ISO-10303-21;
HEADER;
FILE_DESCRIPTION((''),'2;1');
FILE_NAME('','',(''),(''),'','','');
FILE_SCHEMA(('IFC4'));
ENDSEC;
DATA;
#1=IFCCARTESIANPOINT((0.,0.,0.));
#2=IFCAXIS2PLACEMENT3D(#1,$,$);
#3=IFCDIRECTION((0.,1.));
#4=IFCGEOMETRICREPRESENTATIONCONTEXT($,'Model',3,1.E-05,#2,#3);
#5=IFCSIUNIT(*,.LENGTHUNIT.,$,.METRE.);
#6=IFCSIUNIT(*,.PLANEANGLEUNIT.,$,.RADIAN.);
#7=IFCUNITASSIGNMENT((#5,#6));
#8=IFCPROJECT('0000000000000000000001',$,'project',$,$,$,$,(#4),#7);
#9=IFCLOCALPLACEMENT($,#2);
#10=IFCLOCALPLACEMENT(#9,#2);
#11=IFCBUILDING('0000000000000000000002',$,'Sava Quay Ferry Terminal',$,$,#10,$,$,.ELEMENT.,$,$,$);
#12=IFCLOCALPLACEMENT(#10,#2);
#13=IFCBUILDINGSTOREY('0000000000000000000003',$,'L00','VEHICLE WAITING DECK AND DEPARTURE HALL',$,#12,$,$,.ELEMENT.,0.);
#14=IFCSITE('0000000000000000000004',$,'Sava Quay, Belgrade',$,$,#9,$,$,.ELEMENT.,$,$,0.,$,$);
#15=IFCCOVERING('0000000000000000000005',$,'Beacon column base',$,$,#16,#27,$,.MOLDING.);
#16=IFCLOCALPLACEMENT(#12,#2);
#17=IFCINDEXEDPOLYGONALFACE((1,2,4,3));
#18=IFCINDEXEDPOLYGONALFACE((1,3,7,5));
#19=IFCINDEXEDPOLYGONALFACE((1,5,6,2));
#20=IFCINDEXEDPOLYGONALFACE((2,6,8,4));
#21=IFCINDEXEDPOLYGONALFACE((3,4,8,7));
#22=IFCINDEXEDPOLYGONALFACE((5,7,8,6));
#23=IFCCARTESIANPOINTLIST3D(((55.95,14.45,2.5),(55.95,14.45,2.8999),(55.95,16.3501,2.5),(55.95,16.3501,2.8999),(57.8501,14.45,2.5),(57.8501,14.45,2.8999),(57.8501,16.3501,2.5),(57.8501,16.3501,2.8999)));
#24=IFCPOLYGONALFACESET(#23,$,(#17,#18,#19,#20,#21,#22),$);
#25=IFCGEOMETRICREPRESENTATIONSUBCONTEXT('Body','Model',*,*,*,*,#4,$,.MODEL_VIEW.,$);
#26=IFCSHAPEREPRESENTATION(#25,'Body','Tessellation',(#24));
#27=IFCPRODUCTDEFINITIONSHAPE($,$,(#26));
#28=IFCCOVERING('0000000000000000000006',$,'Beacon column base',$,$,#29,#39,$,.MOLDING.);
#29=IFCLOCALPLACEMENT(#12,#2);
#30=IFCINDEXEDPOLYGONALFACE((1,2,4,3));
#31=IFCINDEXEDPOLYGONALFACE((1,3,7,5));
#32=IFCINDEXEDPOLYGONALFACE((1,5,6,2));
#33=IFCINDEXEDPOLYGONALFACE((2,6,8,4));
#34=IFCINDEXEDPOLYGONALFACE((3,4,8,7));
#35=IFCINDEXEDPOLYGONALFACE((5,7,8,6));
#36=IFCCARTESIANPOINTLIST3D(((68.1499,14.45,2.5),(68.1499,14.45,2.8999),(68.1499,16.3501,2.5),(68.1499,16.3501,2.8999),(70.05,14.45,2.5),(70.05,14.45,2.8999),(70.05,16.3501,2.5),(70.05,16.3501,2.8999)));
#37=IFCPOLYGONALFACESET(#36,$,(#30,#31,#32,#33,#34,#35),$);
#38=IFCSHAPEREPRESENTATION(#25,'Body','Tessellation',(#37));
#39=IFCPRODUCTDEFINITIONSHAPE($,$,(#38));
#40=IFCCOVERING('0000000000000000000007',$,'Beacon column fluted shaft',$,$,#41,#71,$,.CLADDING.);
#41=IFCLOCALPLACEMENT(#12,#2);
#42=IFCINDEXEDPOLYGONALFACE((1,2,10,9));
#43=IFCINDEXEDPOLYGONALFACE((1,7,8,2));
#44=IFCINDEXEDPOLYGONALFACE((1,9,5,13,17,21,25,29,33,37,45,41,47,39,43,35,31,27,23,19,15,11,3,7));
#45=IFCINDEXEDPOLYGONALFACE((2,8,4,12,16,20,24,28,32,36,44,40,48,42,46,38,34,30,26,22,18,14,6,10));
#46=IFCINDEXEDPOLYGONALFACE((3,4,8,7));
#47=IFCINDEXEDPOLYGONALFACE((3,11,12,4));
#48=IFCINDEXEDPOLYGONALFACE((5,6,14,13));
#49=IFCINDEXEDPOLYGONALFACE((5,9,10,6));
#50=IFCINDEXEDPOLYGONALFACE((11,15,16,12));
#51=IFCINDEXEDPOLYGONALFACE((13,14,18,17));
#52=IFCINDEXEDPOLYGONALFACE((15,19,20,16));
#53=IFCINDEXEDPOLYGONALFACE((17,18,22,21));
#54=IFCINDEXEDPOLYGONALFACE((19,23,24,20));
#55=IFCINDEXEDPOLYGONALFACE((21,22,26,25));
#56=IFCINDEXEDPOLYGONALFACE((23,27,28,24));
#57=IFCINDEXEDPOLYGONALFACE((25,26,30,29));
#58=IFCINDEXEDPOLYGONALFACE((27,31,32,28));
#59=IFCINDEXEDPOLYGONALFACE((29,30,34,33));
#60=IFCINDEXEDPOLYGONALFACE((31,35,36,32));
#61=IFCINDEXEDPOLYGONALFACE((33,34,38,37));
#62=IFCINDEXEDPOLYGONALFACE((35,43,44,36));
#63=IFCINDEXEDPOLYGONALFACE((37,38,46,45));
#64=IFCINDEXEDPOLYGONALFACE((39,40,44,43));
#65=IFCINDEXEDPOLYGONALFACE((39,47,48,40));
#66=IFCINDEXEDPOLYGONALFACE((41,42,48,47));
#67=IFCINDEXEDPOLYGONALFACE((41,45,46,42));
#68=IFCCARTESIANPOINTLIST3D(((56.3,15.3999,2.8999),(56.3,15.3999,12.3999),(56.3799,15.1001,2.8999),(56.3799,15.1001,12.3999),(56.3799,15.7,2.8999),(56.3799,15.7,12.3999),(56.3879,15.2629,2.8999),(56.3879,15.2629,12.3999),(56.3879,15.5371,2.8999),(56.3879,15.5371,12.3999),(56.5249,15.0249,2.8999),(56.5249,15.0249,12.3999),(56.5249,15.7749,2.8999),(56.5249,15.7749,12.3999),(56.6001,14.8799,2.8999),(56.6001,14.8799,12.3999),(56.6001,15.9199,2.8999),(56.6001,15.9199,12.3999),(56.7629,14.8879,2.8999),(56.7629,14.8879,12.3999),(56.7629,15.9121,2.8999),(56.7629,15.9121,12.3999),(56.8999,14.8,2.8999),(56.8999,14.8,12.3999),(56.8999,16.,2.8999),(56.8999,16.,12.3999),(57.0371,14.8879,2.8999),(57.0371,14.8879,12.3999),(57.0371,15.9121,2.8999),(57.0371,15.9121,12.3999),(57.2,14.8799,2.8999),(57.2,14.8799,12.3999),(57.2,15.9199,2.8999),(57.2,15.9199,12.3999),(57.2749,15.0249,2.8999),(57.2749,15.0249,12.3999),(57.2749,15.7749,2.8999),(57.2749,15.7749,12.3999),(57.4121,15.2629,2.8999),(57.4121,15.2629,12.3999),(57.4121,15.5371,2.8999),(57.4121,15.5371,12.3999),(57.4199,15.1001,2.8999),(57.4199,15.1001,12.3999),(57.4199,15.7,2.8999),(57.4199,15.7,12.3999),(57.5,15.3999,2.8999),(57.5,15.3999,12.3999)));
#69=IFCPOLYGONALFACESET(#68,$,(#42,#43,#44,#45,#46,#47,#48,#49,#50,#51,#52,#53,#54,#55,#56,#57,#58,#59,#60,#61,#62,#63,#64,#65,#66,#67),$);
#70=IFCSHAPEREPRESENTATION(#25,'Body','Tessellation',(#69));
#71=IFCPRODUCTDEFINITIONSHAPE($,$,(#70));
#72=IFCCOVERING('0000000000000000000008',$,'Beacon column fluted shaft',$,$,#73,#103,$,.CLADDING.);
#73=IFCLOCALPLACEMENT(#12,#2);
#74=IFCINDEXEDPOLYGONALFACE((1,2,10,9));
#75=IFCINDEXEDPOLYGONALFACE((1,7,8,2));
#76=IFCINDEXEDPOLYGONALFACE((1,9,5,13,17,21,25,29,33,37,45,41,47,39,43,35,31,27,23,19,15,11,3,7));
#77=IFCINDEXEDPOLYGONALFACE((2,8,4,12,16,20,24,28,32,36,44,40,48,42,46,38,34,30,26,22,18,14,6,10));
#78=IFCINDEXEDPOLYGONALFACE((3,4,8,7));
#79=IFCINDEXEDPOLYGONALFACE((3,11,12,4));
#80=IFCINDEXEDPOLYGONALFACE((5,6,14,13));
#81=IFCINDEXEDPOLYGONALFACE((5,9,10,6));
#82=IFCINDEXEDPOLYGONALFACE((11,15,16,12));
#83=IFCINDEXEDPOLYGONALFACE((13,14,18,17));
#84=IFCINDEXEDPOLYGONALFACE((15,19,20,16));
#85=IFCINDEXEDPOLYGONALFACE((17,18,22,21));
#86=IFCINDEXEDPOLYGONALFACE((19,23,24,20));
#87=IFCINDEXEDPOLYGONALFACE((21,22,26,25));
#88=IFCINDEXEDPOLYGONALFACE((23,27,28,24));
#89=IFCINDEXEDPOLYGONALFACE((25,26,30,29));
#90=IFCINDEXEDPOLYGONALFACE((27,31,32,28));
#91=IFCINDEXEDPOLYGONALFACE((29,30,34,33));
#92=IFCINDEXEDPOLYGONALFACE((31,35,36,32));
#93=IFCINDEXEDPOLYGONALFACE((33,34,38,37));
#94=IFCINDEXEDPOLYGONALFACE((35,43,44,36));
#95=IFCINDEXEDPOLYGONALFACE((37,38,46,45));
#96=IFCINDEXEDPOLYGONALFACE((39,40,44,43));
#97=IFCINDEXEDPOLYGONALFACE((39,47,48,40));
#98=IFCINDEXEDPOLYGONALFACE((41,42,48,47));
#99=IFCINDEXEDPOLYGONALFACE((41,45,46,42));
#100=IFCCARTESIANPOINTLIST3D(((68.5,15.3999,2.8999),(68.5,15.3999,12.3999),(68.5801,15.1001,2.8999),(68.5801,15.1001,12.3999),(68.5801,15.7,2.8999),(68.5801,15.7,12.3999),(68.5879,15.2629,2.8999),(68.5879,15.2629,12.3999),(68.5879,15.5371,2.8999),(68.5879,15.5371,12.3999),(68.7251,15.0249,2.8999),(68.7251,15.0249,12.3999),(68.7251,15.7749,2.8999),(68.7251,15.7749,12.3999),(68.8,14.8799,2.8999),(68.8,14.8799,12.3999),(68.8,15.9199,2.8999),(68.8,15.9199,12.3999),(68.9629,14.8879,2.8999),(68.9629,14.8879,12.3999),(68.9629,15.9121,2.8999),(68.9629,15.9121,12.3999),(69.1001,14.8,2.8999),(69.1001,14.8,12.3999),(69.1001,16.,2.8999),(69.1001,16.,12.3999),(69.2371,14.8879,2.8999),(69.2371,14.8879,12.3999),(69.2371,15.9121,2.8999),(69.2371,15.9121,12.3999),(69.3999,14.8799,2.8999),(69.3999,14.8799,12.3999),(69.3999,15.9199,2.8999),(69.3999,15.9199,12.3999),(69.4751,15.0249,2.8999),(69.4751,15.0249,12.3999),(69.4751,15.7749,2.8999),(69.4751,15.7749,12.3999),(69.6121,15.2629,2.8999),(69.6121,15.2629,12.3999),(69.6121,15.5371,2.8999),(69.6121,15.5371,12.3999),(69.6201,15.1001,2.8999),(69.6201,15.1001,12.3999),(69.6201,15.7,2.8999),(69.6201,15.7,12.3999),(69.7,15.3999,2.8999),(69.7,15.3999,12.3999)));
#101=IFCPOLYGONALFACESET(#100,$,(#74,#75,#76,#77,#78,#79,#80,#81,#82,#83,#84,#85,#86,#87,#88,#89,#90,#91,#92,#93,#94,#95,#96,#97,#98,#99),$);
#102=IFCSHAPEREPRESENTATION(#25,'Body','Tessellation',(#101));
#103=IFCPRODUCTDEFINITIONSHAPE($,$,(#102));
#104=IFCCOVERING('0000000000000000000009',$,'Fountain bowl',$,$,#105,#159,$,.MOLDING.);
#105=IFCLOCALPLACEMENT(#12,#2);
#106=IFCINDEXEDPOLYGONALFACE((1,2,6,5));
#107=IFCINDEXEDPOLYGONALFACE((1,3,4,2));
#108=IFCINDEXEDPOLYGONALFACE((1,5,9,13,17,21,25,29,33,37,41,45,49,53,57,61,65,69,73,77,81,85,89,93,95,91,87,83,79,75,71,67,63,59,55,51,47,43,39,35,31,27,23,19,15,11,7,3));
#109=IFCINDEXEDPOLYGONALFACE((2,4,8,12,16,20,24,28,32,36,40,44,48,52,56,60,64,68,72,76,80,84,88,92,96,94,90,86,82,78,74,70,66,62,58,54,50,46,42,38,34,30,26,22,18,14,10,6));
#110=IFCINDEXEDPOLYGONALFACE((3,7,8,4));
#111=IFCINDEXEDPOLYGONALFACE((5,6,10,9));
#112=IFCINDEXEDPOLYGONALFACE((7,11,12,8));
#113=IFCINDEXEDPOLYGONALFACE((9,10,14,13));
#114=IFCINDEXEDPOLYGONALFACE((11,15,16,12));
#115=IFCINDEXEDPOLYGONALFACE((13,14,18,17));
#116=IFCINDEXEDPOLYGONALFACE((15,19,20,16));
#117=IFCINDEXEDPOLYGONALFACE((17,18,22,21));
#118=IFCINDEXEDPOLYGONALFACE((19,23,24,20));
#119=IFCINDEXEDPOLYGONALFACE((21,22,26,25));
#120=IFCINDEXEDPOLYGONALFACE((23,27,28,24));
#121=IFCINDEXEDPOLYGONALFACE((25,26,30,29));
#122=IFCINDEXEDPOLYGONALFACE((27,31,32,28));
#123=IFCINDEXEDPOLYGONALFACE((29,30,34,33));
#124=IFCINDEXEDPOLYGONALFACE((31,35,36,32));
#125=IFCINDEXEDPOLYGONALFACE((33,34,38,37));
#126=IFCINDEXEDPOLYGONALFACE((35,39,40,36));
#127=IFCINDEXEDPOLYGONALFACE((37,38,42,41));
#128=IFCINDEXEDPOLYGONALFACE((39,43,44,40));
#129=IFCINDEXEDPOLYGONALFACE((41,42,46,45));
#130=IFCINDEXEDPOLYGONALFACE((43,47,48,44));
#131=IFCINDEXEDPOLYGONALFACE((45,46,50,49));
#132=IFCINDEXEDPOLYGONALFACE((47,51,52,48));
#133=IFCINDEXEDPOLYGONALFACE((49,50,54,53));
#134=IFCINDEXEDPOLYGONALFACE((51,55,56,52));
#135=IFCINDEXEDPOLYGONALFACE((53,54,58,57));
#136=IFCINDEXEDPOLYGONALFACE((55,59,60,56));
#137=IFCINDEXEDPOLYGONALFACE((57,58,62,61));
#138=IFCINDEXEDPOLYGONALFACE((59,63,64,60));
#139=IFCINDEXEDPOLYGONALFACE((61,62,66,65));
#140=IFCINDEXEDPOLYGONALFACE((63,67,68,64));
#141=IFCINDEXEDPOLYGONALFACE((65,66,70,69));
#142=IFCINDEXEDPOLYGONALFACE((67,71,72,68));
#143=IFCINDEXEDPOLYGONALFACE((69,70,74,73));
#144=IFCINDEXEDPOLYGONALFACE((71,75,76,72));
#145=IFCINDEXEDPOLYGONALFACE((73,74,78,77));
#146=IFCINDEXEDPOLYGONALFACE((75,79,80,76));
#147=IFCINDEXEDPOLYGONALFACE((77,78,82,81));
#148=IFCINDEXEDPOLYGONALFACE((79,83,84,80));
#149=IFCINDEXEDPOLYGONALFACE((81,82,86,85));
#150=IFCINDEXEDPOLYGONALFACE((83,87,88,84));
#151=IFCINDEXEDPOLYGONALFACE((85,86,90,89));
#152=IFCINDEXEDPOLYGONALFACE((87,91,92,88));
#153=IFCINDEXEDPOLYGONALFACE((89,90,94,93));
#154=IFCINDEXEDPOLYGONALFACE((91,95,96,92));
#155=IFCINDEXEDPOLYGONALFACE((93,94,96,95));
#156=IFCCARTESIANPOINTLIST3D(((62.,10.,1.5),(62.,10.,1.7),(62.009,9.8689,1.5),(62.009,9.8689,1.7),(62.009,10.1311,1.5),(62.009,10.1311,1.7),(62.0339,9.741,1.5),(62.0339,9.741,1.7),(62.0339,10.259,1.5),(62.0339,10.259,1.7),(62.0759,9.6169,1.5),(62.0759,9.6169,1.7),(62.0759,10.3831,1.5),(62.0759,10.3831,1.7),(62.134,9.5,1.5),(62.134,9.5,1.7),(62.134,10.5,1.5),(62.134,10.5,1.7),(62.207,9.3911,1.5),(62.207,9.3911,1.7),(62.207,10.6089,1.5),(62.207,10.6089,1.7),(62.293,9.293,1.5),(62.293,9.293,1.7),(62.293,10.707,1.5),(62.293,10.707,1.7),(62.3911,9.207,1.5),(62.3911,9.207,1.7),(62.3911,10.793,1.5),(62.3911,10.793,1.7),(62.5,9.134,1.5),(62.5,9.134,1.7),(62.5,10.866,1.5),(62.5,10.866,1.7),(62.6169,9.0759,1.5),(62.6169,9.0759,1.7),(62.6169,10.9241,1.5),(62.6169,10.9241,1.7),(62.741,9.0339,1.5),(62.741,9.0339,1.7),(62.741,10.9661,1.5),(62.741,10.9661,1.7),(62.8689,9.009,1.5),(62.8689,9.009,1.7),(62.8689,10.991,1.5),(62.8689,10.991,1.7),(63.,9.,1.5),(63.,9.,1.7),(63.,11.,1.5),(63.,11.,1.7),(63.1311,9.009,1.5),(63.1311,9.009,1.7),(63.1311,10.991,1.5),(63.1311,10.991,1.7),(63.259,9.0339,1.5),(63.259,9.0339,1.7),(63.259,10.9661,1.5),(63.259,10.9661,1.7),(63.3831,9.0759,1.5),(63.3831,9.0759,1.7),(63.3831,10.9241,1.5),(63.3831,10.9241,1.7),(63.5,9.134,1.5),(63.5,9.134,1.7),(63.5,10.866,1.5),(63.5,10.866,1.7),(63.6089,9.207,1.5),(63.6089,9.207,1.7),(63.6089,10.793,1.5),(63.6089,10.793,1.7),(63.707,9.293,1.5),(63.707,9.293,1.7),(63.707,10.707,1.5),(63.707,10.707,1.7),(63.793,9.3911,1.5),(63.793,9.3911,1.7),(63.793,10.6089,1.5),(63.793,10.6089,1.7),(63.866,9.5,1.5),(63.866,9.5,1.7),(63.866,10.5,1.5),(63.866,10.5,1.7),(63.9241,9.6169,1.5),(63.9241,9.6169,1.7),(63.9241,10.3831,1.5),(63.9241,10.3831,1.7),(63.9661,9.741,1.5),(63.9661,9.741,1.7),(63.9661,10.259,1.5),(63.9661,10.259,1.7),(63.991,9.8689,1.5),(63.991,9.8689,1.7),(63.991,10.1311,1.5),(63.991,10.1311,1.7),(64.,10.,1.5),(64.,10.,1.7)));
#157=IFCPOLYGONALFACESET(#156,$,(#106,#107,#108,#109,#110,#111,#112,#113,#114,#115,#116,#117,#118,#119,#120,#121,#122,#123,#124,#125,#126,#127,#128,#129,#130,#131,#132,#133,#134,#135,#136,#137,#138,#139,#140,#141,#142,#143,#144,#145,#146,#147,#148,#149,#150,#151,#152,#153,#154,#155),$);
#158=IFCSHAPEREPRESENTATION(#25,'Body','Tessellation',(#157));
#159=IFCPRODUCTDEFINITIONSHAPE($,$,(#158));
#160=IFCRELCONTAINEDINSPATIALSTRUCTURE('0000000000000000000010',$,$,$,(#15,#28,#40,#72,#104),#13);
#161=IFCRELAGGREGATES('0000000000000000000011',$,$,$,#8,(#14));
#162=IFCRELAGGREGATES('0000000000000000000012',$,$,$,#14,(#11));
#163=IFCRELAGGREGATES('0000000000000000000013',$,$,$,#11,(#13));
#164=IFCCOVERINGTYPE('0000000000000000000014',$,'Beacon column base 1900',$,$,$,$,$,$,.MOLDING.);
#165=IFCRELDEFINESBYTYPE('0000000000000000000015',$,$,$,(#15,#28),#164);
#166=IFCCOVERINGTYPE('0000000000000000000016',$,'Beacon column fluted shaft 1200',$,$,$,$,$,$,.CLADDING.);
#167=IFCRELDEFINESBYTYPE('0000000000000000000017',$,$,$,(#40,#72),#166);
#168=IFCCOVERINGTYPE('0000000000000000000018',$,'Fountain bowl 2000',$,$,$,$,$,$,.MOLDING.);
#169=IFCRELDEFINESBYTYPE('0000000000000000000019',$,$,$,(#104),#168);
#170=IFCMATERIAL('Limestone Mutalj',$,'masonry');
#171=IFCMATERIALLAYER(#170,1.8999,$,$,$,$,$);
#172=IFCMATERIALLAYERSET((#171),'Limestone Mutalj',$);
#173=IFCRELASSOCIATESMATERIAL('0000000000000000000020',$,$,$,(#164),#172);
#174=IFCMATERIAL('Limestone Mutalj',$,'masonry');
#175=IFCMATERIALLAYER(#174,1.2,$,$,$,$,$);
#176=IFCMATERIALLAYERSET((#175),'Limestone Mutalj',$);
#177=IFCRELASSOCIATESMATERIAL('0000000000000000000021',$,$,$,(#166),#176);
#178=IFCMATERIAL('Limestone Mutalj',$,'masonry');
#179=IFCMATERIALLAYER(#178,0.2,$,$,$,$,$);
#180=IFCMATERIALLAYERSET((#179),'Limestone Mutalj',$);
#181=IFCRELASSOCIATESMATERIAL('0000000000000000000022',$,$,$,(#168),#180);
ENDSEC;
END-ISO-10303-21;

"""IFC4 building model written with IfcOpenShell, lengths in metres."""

from ifc_helpers import new_model, si_unit, direction, frame, origin, place, context, subcontext, project, spatial, polyline, outline, extrude, material, layer, layer_set, type_object, element, save


model = new_model("IFC4")

# Units and contexts
model_context = context("Model", 3, precision=1e-05, world=origin(), true_north=direction((0.0, 1.0)))
body_context = subcontext(model_context, "Body", "Model", "MODEL_VIEW")
ifc_project = project(units=[si_unit("LENGTHUNIT", "METRE"), si_unit("PLANEANGLEUNIT", "RADIAN")], contexts=[model_context])

# Site, building, storey
site_placement = place(None, origin())
site = spatial("IfcSite", under=ifc_project, at=site_placement, Name="Sava Quay, Belgrade", CompositionType="ELEMENT", RefElevation=0.0)
building_placement = place(site_placement, origin())
building = spatial("IfcBuilding", under=site, at=building_placement, Name="Sava Quay Ferry Terminal", CompositionType="ELEMENT")
storey_placement = place(building_placement, origin())
storey = spatial("IfcBuildingStorey", under=building, at=storey_placement, Name="L00", Description="VEHICLE WAITING DECK AND DEPARTURE HALL", CompositionType="ELEMENT", Elevation=0.0)

# Coverings
ifc_material_1 = material(Name="Limestone Mutalj", Category="masonry")
ifc_layer_1 = layer(ifc_material_1, 1.8999)
ifc_layer_set_1 = layer_set([ifc_layer_1], Name="Limestone Mutalj")
covering_type_1 = type_object("IfcCoveringType", Name="Beacon column base 1900", PredefinedType="MOLDING", material=ifc_layer_set_1)
covering_1_placement = place(storey_placement, frame((0.0, 0.0, 2.5)))
element("IfcCovering", 1, at=covering_1_placement, inside=storey, type_object=covering_type_1, Name="Beacon column base", PredefinedType="MOLDING", context=body_context, shape_type="SweptSolid", body=[
    extrude(outline(polyline([(57.8501, 14.45), (57.8501, 16.3501), (55.95, 16.3501), (55.95, 14.45), (57.8501, 14.45)])), origin(), (0.0, 0.0, 1.0), 0.3999),
])
covering_2_placement = place(storey_placement, frame((0.0, 0.0, 2.5)))
element("IfcCovering", 2, at=covering_2_placement, inside=storey, type_object=covering_type_1, Name="Beacon column base", PredefinedType="MOLDING", context=body_context, shape_type="SweptSolid", body=[
    extrude(outline(polyline([(70.05, 14.45), (70.05, 16.3501), (68.1499, 16.3501), (68.1499, 14.45), (70.05, 14.45)])), origin(), (0.0, 0.0, 1.0), 0.3999),
])
ifc_material_2 = material(Name="Limestone Mutalj", Category="masonry")
ifc_layer_2 = layer(ifc_material_2, 1.2)
ifc_layer_set_2 = layer_set([ifc_layer_2], Name="Limestone Mutalj")
covering_type_2 = type_object("IfcCoveringType", Name="Beacon column fluted shaft 1200", PredefinedType="CLADDING", material=ifc_layer_set_2)
covering_3_placement = place(storey_placement, frame((0.0, 0.0, 2.8999)))
element("IfcCovering", 3, at=covering_3_placement, inside=storey, type_object=covering_type_2, Name="Beacon column fluted shaft", PredefinedType="CLADDING", context=body_context, shape_type="SweptSolid", body=[
    extrude(outline(polyline([(57.5, 15.3999), (57.4121, 15.5371), (57.4199, 15.7), (57.2749, 15.7749), (57.2, 15.9199), (57.0371, 15.9121), (56.8999, 16.0), (56.7629, 15.9121), (56.6001, 15.9199), (56.5249, 15.7749), (56.3799, 15.7), (56.3879, 15.5371), (56.3, 15.3999), (56.3879, 15.2629), (56.3799, 15.1001), (56.5249, 15.0249), (56.6001, 14.8799), (56.7629, 14.8879), (56.8999, 14.8), (57.0371, 14.8879), (57.2, 14.8799), (57.2749, 15.0249), (57.4199, 15.1001), (57.4121, 15.2629), (57.5, 15.3999)])), origin(), (0.0, 0.0, 1.0), 9.5),
])
covering_4_placement = place(storey_placement, frame((0.0, 0.0, 2.8999)))
element("IfcCovering", 4, at=covering_4_placement, inside=storey, type_object=covering_type_2, Name="Beacon column fluted shaft", PredefinedType="CLADDING", context=body_context, shape_type="SweptSolid", body=[
    extrude(outline(polyline([(69.7, 15.3999), (69.6121, 15.5371), (69.6201, 15.7), (69.4751, 15.7749), (69.3999, 15.9199), (69.2371, 15.9121), (69.1001, 16.0), (68.9629, 15.9121), (68.8, 15.9199), (68.7251, 15.7749), (68.5801, 15.7), (68.5879, 15.5371), (68.5, 15.3999), (68.5879, 15.2629), (68.5801, 15.1001), (68.7251, 15.0249), (68.8, 14.8799), (68.9629, 14.8879), (69.1001, 14.8), (69.2371, 14.8879), (69.3999, 14.8799), (69.4751, 15.0249), (69.6201, 15.1001), (69.6121, 15.2629), (69.7, 15.3999)])), origin(), (0.0, 0.0, 1.0), 9.5),
])
ifc_material_3 = material(Name="Limestone Mutalj", Category="masonry")
ifc_layer_3 = layer(ifc_material_3, 0.2)
ifc_layer_set_3 = layer_set([ifc_layer_3], Name="Limestone Mutalj")
covering_type_3 = type_object("IfcCoveringType", Name="Fountain bowl 2000", PredefinedType="MOLDING", material=ifc_layer_set_3)
covering_5_placement = place(storey_placement, frame((0.0, 0.0, 1.5)))
element("IfcCovering", 5, at=covering_5_placement, inside=storey, type_object=covering_type_3, Name="Fountain bowl", PredefinedType="MOLDING", context=body_context, shape_type="SweptSolid", body=[
    extrude(outline(polyline([(64.0, 10.0), (63.991, 10.1311), (63.9661, 10.259), (63.9241, 10.3831), (63.866, 10.5), (63.793, 10.6089), (63.707, 10.707), (63.6089, 10.793), (63.5, 10.866), (63.3831, 10.9241), (63.259, 10.9661), (63.1311, 10.991), (63.0, 11.0), (62.8689, 10.991), (62.741, 10.9661), (62.6169, 10.9241), (62.5, 10.866), (62.3911, 10.793), (62.293, 10.707), (62.207, 10.6089), (62.134, 10.5), (62.0759, 10.3831), (62.0339, 10.259), (62.009, 10.1311), (62.0, 10.0), (62.009, 9.8689), (62.0339, 9.741), (62.0759, 9.6169), (62.134, 9.5), (62.207, 9.3911), (62.293, 9.293), (62.3911, 9.207), (62.5, 9.134), (62.6169, 9.0759), (62.741, 9.0339), (62.8689, 9.009), (63.0, 9.0), (63.1311, 9.009), (63.259, 9.0339), (63.3831, 9.0759), (63.5, 9.134), (63.6089, 9.207), (63.707, 9.293), (63.793, 9.3911), (63.866, 9.5), (63.9241, 9.6169), (63.9661, 9.741), (63.991, 9.8689), (64.0, 10.0)])), origin(), (0.0, 0.0, 1.0), 0.2),
])

save(model, "model.ifc")
